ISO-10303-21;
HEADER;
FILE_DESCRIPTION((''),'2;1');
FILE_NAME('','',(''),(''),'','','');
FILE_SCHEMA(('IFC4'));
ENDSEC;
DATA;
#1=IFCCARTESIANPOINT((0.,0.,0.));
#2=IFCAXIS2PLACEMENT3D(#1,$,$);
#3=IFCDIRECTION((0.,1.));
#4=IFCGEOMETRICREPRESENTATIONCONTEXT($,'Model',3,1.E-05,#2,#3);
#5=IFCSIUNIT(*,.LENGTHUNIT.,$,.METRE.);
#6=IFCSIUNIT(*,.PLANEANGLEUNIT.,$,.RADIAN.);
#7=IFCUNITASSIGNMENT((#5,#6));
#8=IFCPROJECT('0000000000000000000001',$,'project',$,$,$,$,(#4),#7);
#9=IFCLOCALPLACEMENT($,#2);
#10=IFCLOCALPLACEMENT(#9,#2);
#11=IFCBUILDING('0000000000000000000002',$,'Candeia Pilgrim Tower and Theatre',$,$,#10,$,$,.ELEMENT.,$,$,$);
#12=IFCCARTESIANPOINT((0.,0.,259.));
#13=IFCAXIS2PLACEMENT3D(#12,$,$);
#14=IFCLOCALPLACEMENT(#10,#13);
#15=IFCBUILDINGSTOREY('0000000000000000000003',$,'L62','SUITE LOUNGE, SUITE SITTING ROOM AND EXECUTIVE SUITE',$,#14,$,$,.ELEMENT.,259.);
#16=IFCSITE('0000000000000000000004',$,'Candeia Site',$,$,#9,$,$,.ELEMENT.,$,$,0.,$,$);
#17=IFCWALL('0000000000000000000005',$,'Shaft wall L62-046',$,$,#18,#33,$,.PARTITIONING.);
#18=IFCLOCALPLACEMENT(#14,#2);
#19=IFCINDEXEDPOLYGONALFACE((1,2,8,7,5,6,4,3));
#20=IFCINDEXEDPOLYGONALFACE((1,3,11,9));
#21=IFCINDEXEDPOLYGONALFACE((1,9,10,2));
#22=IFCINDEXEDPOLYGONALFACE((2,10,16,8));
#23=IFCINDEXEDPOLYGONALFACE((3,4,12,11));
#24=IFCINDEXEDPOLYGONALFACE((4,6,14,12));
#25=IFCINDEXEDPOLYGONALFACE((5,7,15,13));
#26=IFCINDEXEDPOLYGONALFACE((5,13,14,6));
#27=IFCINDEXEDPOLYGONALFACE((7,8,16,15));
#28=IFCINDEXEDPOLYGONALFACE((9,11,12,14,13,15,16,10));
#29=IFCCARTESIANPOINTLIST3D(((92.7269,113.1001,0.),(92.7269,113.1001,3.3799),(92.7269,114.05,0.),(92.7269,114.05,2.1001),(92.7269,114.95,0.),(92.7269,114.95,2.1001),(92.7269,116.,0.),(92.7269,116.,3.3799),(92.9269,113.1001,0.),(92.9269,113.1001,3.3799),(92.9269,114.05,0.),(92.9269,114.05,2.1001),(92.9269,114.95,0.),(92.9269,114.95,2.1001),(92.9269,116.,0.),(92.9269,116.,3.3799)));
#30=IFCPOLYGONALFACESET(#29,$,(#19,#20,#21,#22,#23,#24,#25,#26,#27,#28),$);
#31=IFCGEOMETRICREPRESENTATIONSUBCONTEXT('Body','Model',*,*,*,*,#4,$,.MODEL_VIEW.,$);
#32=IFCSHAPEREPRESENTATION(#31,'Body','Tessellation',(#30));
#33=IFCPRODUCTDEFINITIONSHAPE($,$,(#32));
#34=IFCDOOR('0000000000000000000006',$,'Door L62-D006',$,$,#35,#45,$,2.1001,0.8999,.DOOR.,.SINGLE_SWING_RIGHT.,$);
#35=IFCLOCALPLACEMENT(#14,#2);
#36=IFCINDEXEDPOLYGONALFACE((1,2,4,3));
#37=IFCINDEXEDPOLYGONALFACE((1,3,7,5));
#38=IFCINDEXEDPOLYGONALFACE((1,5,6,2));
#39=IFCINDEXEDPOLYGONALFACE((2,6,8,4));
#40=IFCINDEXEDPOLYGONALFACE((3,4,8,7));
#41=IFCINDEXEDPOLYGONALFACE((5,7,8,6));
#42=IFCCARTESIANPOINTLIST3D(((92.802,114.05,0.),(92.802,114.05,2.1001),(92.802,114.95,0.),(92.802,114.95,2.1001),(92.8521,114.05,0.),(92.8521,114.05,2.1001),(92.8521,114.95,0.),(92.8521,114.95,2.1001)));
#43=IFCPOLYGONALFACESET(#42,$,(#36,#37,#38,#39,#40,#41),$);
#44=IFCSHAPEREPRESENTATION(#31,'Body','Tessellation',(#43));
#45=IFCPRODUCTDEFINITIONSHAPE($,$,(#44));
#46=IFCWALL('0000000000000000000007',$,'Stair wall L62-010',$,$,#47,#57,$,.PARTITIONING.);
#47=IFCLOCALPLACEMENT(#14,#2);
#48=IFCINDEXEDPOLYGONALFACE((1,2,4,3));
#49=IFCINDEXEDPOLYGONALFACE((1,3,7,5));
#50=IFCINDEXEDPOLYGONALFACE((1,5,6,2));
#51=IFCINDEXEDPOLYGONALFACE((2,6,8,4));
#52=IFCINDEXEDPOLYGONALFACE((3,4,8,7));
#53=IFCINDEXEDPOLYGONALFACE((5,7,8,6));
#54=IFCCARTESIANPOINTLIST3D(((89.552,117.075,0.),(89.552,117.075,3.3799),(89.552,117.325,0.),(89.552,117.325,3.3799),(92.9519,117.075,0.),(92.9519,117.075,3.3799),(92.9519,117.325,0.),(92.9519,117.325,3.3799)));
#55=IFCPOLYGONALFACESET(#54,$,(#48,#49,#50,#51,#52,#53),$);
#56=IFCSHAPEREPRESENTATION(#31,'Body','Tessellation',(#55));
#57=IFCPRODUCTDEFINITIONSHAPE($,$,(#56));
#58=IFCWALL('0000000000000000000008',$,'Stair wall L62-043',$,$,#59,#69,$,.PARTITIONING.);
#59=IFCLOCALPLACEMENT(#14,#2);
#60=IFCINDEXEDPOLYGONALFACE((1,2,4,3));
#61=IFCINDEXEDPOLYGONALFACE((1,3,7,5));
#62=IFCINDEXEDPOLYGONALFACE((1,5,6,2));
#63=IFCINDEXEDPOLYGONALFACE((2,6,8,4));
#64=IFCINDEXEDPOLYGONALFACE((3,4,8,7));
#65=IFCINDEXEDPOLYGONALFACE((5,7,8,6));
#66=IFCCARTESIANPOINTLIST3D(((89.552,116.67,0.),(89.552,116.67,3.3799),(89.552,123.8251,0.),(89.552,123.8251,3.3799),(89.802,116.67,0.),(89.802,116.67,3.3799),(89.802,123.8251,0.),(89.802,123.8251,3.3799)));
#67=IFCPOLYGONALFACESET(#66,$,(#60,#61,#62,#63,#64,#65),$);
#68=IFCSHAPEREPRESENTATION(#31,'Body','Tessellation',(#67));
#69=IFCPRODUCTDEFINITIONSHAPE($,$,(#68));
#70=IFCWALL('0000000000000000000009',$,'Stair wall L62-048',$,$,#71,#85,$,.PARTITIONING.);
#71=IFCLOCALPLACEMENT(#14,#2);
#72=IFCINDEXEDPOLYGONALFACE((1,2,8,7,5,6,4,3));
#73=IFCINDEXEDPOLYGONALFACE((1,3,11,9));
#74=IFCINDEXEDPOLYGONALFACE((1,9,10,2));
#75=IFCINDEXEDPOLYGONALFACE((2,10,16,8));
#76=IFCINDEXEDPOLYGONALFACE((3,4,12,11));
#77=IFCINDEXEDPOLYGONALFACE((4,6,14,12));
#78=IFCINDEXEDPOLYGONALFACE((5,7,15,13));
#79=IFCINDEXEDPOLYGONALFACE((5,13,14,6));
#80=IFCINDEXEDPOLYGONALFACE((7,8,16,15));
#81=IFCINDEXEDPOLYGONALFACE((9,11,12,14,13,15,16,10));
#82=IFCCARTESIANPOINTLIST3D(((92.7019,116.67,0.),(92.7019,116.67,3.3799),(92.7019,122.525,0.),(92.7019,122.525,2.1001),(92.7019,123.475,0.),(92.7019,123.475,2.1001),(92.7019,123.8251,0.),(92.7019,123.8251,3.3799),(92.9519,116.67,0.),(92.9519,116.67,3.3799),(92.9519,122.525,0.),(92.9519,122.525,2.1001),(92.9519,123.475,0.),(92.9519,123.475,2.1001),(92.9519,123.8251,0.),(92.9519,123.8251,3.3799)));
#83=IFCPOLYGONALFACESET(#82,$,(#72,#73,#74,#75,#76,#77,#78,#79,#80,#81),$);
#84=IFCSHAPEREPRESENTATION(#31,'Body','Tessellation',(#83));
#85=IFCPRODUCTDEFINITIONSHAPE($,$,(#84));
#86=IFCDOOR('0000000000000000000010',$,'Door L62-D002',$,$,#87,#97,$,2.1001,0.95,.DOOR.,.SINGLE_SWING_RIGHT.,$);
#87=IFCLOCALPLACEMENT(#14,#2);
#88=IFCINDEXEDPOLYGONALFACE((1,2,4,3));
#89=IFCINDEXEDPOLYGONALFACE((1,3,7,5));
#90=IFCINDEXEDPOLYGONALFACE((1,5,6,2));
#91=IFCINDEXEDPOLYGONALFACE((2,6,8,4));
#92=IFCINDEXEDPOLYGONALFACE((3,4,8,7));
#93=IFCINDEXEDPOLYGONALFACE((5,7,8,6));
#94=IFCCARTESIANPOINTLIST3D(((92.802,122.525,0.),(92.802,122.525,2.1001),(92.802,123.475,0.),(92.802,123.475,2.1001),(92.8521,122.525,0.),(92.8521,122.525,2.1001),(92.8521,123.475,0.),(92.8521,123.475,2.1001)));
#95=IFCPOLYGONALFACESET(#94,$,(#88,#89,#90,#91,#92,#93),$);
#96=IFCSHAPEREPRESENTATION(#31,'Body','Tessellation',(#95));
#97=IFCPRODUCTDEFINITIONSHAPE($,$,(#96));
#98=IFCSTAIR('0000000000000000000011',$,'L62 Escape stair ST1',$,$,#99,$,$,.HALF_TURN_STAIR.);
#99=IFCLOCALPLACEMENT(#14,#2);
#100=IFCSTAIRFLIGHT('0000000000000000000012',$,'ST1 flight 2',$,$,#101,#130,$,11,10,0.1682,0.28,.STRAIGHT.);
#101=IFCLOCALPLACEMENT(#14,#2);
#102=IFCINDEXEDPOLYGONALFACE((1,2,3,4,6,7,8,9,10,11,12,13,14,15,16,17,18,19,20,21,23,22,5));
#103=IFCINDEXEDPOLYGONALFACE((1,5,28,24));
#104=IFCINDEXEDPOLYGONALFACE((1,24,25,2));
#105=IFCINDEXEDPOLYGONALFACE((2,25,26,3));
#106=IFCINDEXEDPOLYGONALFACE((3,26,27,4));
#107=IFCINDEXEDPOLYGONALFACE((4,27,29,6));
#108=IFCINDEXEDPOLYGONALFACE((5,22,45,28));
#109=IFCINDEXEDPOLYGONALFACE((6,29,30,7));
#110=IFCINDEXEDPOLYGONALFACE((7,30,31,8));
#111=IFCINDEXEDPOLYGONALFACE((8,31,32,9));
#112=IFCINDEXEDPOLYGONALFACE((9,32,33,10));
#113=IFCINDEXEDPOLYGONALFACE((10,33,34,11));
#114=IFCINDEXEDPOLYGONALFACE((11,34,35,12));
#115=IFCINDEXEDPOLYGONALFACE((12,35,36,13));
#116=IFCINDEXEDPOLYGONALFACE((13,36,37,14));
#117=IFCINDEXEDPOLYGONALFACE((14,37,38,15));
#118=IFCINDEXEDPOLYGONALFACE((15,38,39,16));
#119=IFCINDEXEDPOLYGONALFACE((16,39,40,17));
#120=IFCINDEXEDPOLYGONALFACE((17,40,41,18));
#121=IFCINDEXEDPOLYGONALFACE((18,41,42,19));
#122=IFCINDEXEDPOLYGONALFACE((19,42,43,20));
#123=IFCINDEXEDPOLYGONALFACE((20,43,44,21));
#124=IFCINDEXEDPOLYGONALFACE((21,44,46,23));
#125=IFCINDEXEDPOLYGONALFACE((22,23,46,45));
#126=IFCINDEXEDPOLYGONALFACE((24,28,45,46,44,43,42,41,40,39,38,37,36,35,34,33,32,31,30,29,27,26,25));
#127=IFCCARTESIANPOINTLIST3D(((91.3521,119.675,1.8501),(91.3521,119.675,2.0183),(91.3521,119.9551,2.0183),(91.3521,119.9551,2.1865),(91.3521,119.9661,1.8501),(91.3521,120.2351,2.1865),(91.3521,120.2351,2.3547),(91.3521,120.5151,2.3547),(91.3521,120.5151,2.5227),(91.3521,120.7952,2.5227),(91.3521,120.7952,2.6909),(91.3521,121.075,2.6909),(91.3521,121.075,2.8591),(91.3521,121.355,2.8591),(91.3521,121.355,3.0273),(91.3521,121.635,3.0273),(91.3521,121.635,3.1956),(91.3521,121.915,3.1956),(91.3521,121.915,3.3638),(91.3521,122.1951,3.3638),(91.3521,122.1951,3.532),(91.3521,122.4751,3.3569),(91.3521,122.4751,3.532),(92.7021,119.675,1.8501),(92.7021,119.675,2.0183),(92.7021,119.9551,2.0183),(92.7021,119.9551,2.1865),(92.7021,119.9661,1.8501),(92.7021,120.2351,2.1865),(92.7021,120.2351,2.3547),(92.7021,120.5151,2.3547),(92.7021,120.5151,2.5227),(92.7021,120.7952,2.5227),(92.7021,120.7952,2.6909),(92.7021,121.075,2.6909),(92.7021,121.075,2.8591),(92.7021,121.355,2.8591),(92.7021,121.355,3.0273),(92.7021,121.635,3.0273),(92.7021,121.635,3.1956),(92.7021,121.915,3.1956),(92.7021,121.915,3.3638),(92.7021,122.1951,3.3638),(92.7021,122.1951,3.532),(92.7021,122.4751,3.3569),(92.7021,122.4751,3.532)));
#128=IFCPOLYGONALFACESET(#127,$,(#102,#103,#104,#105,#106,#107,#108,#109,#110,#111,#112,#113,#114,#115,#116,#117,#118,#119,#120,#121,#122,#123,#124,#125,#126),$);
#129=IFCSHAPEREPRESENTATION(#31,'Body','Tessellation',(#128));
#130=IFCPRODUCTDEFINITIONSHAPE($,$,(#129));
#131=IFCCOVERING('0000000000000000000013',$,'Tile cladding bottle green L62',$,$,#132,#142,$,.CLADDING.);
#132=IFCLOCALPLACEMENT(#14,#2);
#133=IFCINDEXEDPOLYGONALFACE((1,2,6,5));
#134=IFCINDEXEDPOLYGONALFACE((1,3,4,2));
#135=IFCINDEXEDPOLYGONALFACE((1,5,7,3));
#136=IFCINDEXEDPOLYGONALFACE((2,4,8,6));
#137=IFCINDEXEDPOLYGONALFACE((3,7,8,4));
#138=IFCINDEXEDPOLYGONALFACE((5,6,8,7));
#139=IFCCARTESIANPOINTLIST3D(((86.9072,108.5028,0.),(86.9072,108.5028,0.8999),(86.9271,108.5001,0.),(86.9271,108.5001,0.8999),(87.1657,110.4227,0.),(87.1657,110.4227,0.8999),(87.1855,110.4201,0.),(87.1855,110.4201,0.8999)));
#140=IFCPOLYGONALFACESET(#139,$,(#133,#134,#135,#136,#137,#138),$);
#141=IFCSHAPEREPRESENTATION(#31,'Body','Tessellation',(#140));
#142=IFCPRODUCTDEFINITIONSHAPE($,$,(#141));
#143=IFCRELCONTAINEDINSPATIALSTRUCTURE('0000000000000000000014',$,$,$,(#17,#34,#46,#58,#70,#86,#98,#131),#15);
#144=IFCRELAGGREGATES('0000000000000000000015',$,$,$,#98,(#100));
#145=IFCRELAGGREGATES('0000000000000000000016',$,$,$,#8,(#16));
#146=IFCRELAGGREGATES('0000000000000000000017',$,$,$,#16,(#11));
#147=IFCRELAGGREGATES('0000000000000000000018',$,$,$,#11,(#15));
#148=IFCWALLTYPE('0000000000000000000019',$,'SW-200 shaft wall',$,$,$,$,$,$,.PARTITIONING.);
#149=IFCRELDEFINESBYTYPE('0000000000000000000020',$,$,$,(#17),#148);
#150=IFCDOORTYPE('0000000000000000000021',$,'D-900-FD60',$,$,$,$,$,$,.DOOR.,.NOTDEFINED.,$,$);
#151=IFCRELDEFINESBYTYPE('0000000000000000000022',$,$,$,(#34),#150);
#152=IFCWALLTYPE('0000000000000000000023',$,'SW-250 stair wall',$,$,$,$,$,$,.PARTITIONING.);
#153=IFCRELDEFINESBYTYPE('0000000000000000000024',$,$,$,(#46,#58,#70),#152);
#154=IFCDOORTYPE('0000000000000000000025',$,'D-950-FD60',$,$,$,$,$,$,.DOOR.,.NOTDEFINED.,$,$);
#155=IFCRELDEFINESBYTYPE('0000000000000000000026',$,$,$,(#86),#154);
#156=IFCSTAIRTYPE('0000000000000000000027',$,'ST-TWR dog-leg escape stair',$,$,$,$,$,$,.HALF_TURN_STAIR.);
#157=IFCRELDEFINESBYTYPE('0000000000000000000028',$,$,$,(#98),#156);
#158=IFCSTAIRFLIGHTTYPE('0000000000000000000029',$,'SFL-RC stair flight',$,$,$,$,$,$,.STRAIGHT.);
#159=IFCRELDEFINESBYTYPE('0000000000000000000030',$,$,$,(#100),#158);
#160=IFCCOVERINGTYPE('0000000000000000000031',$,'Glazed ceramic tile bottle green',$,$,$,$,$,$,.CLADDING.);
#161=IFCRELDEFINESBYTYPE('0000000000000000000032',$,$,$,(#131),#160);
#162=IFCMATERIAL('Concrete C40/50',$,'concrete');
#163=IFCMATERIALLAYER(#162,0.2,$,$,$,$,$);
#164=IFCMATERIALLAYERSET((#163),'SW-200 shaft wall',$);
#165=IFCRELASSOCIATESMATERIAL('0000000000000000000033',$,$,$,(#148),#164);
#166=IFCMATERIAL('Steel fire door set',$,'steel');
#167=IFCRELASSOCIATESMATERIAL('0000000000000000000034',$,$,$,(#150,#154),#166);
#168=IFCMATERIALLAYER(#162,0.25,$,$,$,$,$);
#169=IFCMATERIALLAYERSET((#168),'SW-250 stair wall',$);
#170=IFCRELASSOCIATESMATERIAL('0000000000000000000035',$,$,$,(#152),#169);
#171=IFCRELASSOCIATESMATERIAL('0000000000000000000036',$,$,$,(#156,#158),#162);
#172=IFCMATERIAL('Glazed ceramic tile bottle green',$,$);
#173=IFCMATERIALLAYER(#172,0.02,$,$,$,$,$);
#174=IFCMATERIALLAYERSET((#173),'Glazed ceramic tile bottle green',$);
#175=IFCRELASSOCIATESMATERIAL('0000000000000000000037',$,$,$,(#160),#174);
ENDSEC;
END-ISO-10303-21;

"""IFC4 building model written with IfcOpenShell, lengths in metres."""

from ifc_helpers import new_model, si_unit, direction, frame, frame_2d, origin, origin_2d, place, context, subcontext, project, spatial, polyline, rectangle, outline, extrude, material, layer, layer_set, type_object, element, fill, aggregate, save


model = new_model("IFC4")

# Units and contexts
model_context = context("Model", 3, precision=1e-05, world=origin(), true_north=direction((0.0, 1.0)))
body_context = subcontext(model_context, "Body", "Model", "MODEL_VIEW")
ifc_project = project(units=[si_unit("LENGTHUNIT", "METRE"), si_unit("PLANEANGLEUNIT", "RADIAN")], contexts=[model_context])

# Site, building, storey
site_placement = place(None, origin())
site = spatial("IfcSite", under=ifc_project, at=site_placement, Name="Candeia Site", CompositionType="ELEMENT", RefElevation=0.0)
building_placement = place(site_placement, origin())
building = spatial("IfcBuilding", under=site, at=building_placement, Name="Candeia Pilgrim Tower and Theatre", CompositionType="ELEMENT")
storey_placement = place(building_placement, frame((0.0, 0.0, 259.0)))
storey = spatial("IfcBuildingStorey", under=building, at=storey_placement, Name="L62", Description="SUITE LOUNGE, SUITE SITTING ROOM AND EXECUTIVE SUITE", CompositionType="ELEMENT", Elevation=259.0)

# Shared definitions
ifc_material_1 = material(Name="Concrete C40/50", Category="concrete")

# Shared definitions
ifc_layer_1 = layer(ifc_material_1, 0.2)
ifc_layer_set_1 = layer_set([ifc_layer_1], Name="SW-200 shaft wall")
wall_type_1 = type_object("IfcWallType", Name="SW-200 shaft wall", PredefinedType="PARTITIONING", material=ifc_layer_set_1)
ifc_material_2 = material(Name="Steel fire door set", Category="steel")
door_type_1 = type_object("IfcDoorType", Name="D-900-FD60", OperationType="NOTDEFINED", PredefinedType="DOOR", material=ifc_material_2)

# Wall, opening, door
wall_1_placement = place(storey_placement, frame((92.8269, 113.1001, 0.0), z_axis=(0.0, 0.0, 1.0), x_axis=(0.0, 1.0, 0.0)))
wall_1 = element("IfcWall", 1, at=wall_1_placement, inside=storey, type_object=wall_type_1, Name="Shaft wall L62-046", PredefinedType="PARTITIONING", context=body_context, shape_type="SweptSolid", body=[
    extrude(rectangle(XDim=2.8999, YDim=0.2, at=frame_2d((1.45, 0.0))), origin(), (0.0, 0.0, 1.0), 3.3799),
])
opening_1_placement = place(wall_1_placement, frame((0.95, 0.0, 0.0)))
opening_1 = element("IfcOpeningElement", 2, at=opening_1_placement, cuts=wall_1, PredefinedType="OPENING", context=body_context, shape_type="SweptSolid", body=[
    extrude(rectangle(XDim=0.8999, YDim=2.1001, at=frame_2d((0.45, 1.05))), frame((0.0, 0.1099, 0.0), z_axis=(0.0, -1.0, 0.0), x_axis=(1.0, 0.0, 0.0)), (0.0, 0.0, 1.0), 0.22),
])
door_1_placement = place(opening_1_placement, origin())
door_1 = element("IfcDoor", 3, at=door_1_placement, inside=storey, type_object=door_type_1, Name="Door L62-D006", OperationType="SINGLE_SWING_RIGHT", OverallHeight=2.1001, OverallWidth=0.8999, PredefinedType="DOOR", context=body_context, shape_type="SweptSolid", body=[
    extrude(rectangle(XDim=0.8999, YDim=2.1001, at=frame_2d((0.45, 1.05))), frame((0.0, 0.0249, 0.0), z_axis=(0.0, -1.0, 0.0), x_axis=(1.0, 0.0, 0.0)), (0.0, 0.0, 1.0), 0.05),
])
fill(opening_1, door_1)

# Walls
ifc_layer_2 = layer(ifc_material_1, 0.25)
ifc_layer_set_2 = layer_set([ifc_layer_2], Name="SW-250 stair wall")
wall_type_2 = type_object("IfcWallType", Name="SW-250 stair wall", PredefinedType="PARTITIONING", material=ifc_layer_set_2)
wall_2_placement = place(storey_placement, frame((89.552, 117.2, 0.0), z_axis=(0.0, 0.0, 1.0), x_axis=(1.0, 0.0, 0.0)))
element("IfcWall", 4, at=wall_2_placement, inside=storey, type_object=wall_type_2, Name="Stair wall L62-010", PredefinedType="PARTITIONING", context=body_context, shape_type="SweptSolid", body=[
    extrude(rectangle(XDim=3.3999, YDim=0.25, at=frame_2d((1.7, 0.0))), origin(), (0.0, 0.0, 1.0), 3.3799),
])
wall_3_placement = place(storey_placement, frame((89.677, 116.6699, 0.0), z_axis=(0.0, 0.0, 1.0), x_axis=(0.0, 1.0, 0.0)))
element("IfcWall", 5, at=wall_3_placement, inside=storey, type_object=wall_type_2, Name="Stair wall L62-043", PredefinedType="PARTITIONING", context=body_context, shape_type="SweptSolid", body=[
    extrude(rectangle(XDim=7.155, YDim=0.25, at=frame_2d((3.5776, 0.0))), origin(), (0.0, 0.0, 1.0), 3.3799),
])

# Wall, opening, door
wall_4_placement = place(storey_placement, frame((92.8269, 116.6699, 0.0), z_axis=(0.0, 0.0, 1.0), x_axis=(0.0, 1.0, 0.0)))
wall_4 = element("IfcWall", 6, at=wall_4_placement, inside=storey, type_object=wall_type_2, Name="Stair wall L62-048", PredefinedType="PARTITIONING", context=body_context, shape_type="SweptSolid", body=[
    extrude(rectangle(XDim=7.155, YDim=0.25, at=frame_2d((3.5776, 0.0))), origin(), (0.0, 0.0, 1.0), 3.3799),
])
opening_2_placement = place(wall_4_placement, frame((5.855, 0.0, 0.0)))
opening_2 = element("IfcOpeningElement", 7, at=opening_2_placement, cuts=wall_4, PredefinedType="OPENING", context=body_context, shape_type="SweptSolid", body=[
    extrude(rectangle(XDim=0.95, YDim=2.1001, at=frame_2d((0.4751, 1.05))), frame((0.0, 0.135, 0.0), z_axis=(0.0, -1.0, 0.0), x_axis=(1.0, 0.0, 0.0)), (0.0, 0.0, 1.0), 0.27),
])
door_type_2 = type_object("IfcDoorType", Name="D-950-FD60", OperationType="NOTDEFINED", PredefinedType="DOOR", material=ifc_material_2)
door_2_placement = place(opening_2_placement, origin())
door_2 = element("IfcDoor", 8, at=door_2_placement, inside=storey, type_object=door_type_2, Name="Door L62-D002", OperationType="SINGLE_SWING_RIGHT", OverallHeight=2.1001, OverallWidth=0.95, PredefinedType="DOOR", context=body_context, shape_type="SweptSolid", body=[
    extrude(rectangle(XDim=0.95, YDim=2.1001, at=frame_2d((0.4751, 1.05))), frame((0.0, 0.0249, 0.0), z_axis=(0.0, -1.0, 0.0), x_axis=(1.0, 0.0, 0.0)), (0.0, 0.0, 1.0), 0.05),
])
fill(opening_2, door_2)

# Stair, stair flight
stair_type = type_object("IfcStairType", Name="ST-TWR dog-leg escape stair", PredefinedType="HALF_TURN_STAIR", material=ifc_material_1)
stair_placement = place(storey_placement, origin())
stair = element("IfcStair", 9, at=stair_placement, inside=storey, type_object=stair_type, Name="L62 Escape stair ST1", PredefinedType="HALF_TURN_STAIR")
stair_flight_type = type_object("IfcStairFlightType", Name="SFL-RC stair flight", PredefinedType="STRAIGHT", material=ifc_material_1)
stair_flight_placement = place(storey_placement, frame((92.0271, 119.675, 1.8501), z_axis=(0.0, 0.0, 1.0), x_axis=(0.0, 1.0, 0.0)))
stair_flight = element("IfcStairFlight", 10, at=stair_flight_placement, type_object=stair_flight_type, Name="ST1 flight 2", NumberOfRisers=11, NumberOfTreads=10, PredefinedType="STRAIGHT", RiserHeight=0.1682, TreadLength=0.28, context=body_context, shape_type="SweptSolid", body=[
    extrude(outline(polyline([(0.0, 0.0), (0.0, 0.1682), (0.28, 0.1682), (0.28, 0.3364), (0.5601, 0.3364), (0.5601, 0.5046), (0.8401, 0.5046), (0.8401, 0.6726), (1.1201, 0.6726), (1.1201, 0.8408), (1.3999, 0.8408), (1.3999, 1.009), (1.6799, 1.009), (1.6799, 1.1772), (1.96, 1.1772), (1.96, 1.3455), (2.24, 1.3455), (2.24, 1.5137), (2.52, 1.5137), (2.52, 1.6819), (2.8, 1.6819), (2.8, 1.8501), (2.8, 1.5068), (0.291, 0.0), (0.0, 0.0)])), frame((0.0, 0.675, 0.0), z_axis=(0.0, -1.0, 0.0), x_axis=(1.0, 0.0, 0.0)), (0.0, 0.0, 1.0), 1.3501),
])
aggregate(stair, [stair_flight])

# Covering
ifc_material_3 = material(Name="Glazed ceramic tile bottle green")
ifc_layer_3 = layer(ifc_material_3, 0.02)
ifc_layer_set_3 = layer_set([ifc_layer_3], Name="Glazed ceramic tile bottle green")
covering_type = type_object("IfcCoveringType", Name="Glazed ceramic tile bottle green", PredefinedType="CLADDING", material=ifc_layer_set_3)
covering_placement = place(storey_placement, frame((87.0464, 109.4614, 0.0), z_axis=(0.0, 0.0, 1.0), x_axis=(-0.133412, -0.991061, 0.0)))
element("IfcCovering", 11, at=covering_placement, inside=storey, type_object=covering_type, Name="Tile cladding bottle green L62", PredefinedType="CLADDING", context=body_context, shape_type="SweptSolid", body=[
    extrude(rectangle(XDim=1.9373, YDim=0.02, at=origin_2d()), origin(), (0.0, 0.0, 1.0), 0.8999),
])

save(model, "model.ifc")
